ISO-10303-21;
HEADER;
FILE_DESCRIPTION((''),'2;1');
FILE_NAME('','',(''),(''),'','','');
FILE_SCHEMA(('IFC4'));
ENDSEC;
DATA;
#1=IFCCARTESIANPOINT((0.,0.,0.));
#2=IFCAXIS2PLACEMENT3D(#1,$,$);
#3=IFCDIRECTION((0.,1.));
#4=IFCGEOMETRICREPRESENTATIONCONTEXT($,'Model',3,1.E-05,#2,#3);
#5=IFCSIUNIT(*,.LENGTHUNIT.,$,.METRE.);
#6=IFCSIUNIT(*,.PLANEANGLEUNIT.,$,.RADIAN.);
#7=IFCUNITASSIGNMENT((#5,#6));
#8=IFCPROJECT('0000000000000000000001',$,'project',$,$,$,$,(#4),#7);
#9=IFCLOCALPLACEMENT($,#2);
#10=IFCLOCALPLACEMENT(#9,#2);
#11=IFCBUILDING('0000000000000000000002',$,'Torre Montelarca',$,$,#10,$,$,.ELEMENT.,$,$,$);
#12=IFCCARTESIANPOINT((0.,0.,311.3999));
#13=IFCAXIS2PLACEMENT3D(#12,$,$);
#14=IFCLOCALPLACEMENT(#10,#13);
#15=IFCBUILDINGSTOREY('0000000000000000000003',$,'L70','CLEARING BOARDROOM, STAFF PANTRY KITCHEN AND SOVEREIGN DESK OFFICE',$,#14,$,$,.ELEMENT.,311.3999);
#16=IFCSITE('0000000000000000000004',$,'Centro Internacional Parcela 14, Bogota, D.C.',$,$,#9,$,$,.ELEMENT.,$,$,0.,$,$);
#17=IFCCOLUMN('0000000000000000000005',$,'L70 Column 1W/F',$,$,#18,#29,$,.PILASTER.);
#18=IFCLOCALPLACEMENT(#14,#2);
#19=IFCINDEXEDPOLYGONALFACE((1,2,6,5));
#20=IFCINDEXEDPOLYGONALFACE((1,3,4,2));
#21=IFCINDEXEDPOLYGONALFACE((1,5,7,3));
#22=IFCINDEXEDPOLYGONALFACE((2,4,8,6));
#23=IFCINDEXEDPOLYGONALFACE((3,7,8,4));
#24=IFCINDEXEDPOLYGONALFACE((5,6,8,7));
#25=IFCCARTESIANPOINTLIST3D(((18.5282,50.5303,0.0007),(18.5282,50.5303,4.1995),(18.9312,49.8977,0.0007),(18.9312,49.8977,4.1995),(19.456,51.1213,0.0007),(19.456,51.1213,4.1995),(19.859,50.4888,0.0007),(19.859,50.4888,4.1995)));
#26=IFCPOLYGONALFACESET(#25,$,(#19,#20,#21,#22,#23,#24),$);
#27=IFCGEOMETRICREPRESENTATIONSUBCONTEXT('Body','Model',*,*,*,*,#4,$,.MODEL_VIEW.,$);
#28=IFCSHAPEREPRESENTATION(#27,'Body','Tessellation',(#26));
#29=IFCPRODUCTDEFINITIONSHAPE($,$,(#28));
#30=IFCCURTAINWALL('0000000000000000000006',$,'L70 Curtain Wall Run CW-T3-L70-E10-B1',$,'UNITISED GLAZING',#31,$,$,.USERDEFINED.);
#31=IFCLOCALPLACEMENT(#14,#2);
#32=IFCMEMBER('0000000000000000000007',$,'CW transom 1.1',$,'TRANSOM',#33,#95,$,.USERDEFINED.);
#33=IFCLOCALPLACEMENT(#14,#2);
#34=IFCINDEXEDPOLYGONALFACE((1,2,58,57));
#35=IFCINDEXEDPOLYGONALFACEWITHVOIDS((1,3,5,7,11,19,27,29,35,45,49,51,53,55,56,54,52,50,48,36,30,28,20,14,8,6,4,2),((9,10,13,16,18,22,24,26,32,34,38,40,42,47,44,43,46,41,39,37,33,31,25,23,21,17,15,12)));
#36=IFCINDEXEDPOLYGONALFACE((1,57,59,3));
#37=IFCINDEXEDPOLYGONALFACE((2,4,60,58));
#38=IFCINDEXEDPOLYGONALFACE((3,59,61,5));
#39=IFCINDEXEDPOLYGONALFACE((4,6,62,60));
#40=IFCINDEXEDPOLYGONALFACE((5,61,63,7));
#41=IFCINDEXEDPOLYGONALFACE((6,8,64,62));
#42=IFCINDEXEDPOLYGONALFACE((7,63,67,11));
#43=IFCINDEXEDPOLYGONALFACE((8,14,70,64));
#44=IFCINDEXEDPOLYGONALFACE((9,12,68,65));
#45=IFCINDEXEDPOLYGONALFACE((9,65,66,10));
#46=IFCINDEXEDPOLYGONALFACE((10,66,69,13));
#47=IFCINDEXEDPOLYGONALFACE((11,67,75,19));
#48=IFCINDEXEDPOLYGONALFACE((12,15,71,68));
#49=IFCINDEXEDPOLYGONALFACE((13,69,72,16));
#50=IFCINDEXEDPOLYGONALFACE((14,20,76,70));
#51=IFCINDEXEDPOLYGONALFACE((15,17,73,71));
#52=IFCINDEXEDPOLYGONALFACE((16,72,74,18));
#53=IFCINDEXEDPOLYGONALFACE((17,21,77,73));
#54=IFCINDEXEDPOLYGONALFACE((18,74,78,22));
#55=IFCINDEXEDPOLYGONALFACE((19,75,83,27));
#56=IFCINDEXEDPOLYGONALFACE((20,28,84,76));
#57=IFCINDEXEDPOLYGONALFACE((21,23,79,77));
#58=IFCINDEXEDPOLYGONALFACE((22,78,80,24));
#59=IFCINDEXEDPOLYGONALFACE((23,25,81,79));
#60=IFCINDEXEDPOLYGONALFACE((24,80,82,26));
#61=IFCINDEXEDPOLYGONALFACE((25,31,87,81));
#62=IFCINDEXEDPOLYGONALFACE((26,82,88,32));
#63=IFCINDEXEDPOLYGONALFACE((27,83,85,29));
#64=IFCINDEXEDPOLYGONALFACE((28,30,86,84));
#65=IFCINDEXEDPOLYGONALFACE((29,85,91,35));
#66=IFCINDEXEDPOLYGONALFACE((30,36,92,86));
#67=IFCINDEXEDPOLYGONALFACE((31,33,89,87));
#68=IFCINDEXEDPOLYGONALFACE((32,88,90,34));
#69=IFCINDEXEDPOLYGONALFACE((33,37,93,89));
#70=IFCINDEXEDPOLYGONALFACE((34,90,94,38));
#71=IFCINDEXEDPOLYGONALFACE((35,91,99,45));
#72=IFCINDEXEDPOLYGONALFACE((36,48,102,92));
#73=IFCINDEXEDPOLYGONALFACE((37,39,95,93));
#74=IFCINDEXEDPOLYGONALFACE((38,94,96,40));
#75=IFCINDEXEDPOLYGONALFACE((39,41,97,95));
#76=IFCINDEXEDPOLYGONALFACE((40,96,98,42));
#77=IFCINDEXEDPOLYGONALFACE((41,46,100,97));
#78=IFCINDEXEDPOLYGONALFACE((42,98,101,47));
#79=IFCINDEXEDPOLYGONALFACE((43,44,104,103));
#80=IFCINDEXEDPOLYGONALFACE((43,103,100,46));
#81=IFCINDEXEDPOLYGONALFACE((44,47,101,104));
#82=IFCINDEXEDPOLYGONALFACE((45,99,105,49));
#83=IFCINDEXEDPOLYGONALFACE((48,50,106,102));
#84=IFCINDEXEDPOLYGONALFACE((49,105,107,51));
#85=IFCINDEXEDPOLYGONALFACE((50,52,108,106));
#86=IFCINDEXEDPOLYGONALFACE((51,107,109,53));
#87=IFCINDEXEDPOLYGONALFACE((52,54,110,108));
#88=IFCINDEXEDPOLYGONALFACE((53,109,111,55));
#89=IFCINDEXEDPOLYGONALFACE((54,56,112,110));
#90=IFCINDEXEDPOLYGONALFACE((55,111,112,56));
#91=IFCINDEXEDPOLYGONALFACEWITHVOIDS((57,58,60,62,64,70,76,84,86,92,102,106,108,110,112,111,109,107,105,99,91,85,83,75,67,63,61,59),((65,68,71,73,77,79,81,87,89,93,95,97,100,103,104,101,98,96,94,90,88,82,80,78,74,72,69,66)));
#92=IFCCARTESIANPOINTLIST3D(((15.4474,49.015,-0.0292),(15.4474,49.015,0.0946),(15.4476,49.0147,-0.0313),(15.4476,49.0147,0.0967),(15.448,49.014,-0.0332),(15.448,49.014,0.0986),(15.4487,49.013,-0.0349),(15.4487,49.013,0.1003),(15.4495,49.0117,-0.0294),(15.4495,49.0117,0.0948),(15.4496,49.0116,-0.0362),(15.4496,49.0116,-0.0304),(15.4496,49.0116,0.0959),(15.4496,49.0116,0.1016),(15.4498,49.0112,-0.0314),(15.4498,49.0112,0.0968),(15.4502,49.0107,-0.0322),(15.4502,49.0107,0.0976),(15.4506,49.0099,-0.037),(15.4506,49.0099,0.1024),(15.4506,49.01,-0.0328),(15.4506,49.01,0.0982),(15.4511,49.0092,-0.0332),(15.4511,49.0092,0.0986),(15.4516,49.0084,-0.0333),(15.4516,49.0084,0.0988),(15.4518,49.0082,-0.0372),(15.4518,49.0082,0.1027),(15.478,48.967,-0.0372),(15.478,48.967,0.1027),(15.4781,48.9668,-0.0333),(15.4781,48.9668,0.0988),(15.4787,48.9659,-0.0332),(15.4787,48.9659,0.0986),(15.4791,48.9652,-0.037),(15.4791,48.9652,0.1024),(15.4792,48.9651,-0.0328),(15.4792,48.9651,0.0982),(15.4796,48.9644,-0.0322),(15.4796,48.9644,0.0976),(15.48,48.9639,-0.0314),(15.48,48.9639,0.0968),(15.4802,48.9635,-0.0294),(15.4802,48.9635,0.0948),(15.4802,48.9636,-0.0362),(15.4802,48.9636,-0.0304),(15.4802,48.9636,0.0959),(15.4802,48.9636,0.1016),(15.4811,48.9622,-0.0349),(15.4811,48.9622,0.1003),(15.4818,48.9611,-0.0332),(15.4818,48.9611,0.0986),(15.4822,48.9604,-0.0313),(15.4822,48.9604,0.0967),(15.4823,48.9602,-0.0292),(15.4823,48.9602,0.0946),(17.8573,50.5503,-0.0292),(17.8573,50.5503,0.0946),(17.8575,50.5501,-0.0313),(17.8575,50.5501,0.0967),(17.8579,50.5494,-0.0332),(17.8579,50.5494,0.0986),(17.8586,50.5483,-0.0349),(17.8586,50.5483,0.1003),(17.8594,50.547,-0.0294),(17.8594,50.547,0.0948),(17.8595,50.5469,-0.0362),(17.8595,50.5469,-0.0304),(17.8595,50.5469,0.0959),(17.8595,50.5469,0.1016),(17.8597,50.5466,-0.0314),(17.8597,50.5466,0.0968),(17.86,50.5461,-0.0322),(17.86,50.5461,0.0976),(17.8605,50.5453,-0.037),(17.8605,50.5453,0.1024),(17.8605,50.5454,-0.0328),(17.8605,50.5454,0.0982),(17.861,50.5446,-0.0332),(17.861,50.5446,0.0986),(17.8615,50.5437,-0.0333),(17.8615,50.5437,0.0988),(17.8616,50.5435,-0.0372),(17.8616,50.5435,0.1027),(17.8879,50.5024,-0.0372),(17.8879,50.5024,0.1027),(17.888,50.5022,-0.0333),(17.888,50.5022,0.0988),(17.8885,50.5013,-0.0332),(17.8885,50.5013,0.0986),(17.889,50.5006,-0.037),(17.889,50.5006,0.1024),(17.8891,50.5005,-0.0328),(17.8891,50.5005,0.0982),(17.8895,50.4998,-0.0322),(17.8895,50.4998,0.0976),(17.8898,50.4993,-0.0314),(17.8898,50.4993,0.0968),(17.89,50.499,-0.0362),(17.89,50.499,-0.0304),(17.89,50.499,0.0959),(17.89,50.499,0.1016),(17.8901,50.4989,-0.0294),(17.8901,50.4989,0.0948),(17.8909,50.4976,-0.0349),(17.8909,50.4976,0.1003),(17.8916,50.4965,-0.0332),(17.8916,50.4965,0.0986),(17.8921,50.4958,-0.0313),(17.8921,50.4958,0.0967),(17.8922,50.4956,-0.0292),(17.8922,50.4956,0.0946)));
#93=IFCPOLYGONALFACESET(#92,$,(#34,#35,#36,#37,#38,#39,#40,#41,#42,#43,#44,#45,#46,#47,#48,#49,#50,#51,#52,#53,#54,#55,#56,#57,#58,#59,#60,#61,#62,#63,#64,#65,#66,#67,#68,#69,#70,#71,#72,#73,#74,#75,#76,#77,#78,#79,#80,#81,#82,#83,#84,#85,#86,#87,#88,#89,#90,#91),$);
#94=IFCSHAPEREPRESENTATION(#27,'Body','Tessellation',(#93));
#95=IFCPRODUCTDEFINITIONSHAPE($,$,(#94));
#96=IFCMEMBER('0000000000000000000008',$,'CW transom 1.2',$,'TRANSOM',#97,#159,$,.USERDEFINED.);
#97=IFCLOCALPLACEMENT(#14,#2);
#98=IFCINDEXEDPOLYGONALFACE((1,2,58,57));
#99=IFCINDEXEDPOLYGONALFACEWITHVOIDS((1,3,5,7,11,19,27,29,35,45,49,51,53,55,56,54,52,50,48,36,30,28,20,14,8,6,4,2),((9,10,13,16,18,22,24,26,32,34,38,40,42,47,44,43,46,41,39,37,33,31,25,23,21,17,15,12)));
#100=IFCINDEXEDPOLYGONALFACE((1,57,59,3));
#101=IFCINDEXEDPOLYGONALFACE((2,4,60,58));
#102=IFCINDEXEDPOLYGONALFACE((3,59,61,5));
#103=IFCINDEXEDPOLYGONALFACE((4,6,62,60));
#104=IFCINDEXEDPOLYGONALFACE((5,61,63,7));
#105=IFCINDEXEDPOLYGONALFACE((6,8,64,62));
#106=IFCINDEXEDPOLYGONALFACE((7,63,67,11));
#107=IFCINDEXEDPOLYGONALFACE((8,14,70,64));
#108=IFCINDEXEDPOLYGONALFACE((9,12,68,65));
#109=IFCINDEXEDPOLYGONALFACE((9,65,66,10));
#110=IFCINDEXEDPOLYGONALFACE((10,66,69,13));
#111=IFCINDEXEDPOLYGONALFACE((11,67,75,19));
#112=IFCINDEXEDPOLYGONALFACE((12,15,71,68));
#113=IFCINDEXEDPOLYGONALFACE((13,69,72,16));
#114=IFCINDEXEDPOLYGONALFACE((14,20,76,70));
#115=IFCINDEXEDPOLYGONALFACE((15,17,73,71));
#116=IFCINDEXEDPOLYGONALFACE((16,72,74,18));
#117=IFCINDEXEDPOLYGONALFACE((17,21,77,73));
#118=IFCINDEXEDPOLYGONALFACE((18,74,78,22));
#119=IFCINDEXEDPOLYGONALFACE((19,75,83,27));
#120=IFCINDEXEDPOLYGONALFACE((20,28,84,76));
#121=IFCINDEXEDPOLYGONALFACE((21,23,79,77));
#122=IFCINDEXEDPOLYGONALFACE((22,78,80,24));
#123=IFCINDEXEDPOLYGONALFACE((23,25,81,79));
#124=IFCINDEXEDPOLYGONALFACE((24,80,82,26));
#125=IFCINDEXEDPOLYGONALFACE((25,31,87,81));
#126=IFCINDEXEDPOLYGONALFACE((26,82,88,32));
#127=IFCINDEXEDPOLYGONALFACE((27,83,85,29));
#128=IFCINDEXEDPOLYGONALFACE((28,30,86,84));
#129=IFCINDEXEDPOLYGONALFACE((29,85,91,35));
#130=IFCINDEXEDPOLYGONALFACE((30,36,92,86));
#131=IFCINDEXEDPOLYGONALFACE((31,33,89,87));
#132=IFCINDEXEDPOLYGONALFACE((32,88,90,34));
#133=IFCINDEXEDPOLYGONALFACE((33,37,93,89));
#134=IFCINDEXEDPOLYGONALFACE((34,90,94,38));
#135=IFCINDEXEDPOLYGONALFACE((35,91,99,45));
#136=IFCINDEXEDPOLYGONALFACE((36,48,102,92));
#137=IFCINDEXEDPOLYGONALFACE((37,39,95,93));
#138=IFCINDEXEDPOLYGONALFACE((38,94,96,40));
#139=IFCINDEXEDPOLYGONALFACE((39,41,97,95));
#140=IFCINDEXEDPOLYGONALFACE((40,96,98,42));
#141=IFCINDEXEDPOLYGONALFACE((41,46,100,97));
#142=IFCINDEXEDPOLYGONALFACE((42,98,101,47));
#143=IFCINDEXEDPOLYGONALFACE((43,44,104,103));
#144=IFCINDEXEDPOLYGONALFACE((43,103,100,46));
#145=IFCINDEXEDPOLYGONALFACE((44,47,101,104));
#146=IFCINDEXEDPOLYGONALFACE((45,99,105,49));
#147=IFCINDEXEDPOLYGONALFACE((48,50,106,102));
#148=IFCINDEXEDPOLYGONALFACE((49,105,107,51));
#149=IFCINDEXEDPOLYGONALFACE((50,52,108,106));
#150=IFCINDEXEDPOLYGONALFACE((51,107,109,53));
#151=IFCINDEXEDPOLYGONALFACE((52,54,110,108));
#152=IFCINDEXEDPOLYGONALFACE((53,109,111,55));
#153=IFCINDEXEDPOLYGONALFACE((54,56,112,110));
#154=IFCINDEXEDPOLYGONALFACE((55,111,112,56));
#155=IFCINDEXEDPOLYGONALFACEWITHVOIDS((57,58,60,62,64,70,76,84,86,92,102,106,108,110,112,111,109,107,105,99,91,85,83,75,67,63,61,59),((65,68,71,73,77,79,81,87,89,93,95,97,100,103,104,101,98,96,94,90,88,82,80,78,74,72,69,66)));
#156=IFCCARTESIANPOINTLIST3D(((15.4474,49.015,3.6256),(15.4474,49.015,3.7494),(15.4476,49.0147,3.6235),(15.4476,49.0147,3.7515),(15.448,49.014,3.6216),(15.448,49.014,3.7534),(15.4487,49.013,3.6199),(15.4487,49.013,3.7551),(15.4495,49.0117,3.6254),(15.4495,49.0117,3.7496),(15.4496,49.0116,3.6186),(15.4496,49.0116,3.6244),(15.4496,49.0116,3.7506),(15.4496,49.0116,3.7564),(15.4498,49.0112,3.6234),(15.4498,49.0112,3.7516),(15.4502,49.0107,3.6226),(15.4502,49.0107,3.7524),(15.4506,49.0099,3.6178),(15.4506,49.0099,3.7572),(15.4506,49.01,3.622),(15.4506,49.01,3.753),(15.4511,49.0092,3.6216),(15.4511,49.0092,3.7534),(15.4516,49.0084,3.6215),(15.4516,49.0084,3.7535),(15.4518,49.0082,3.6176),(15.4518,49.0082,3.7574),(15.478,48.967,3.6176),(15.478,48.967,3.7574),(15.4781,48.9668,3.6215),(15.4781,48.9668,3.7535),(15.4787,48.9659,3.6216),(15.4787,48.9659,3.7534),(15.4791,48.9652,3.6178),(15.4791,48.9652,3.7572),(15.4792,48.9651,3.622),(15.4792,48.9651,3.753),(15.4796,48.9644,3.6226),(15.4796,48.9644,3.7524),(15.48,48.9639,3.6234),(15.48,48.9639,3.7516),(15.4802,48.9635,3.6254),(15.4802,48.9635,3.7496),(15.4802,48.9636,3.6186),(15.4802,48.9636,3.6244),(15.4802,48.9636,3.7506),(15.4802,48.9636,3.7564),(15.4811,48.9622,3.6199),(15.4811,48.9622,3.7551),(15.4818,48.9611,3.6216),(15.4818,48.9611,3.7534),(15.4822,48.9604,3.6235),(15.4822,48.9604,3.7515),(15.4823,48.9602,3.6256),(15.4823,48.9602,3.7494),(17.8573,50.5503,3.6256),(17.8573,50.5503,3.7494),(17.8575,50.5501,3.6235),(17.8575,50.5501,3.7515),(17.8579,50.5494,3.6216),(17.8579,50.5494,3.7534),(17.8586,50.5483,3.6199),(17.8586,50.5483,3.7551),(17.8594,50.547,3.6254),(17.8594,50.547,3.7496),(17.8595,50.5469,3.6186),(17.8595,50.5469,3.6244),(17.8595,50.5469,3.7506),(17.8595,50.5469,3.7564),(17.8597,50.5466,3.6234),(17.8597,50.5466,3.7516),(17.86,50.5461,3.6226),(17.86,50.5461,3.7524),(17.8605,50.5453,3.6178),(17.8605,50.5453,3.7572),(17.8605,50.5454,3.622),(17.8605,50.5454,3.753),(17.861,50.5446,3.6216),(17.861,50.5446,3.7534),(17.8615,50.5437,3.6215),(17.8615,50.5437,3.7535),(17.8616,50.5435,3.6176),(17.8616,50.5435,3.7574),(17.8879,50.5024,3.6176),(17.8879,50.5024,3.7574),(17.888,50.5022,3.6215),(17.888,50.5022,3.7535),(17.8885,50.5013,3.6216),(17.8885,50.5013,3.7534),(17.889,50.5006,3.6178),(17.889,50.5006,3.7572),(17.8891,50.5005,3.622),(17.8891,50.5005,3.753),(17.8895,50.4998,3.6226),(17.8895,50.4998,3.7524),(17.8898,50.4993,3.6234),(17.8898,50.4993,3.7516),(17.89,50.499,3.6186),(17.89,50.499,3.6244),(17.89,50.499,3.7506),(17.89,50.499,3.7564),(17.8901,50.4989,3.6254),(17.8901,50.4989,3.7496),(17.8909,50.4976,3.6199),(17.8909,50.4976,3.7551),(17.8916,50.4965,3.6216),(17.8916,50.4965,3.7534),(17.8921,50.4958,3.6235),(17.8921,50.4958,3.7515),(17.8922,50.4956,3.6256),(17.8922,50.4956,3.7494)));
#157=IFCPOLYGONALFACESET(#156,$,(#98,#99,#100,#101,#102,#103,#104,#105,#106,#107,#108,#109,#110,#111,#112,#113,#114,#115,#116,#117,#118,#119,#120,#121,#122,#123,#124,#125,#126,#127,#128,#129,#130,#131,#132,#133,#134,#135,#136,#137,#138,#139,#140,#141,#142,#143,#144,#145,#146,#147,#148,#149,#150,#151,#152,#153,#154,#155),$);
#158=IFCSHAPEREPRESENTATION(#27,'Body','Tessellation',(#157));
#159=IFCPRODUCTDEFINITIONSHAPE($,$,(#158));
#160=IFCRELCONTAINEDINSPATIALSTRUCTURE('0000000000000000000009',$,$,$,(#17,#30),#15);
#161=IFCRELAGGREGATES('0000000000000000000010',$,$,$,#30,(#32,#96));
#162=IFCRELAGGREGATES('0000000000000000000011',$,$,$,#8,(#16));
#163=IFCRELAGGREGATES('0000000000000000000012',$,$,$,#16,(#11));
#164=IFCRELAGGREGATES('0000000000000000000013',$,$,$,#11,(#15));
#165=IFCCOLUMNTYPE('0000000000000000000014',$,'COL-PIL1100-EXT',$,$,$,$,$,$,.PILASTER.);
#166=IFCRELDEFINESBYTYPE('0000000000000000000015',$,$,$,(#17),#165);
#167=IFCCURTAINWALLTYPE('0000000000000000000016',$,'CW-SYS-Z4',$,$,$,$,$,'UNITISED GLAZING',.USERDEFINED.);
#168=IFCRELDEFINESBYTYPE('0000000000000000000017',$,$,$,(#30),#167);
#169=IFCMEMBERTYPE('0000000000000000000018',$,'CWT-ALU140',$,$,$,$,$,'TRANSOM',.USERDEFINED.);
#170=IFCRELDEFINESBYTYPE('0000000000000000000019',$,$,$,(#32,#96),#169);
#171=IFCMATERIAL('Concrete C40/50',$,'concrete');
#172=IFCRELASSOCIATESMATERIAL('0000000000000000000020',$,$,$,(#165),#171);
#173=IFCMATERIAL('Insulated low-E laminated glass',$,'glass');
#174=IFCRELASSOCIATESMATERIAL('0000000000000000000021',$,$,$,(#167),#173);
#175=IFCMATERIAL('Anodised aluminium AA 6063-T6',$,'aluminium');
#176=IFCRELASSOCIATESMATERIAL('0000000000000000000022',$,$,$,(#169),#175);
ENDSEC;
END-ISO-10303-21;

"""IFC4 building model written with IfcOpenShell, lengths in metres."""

from ifc_helpers import new_model, si_unit, direction, frame, origin, origin_2d, place, context, subcontext, project, spatial, rectangle, hollow_rectangle, extrude, source, transform, mapped, material, material_profile, profile_set, type_object, element, aggregate, save


model = new_model("IFC4")

# Units and contexts
model_context = context("Model", 3, precision=1e-05, world=origin(), true_north=direction((0.0, 1.0)))
body_context = subcontext(model_context, "Body", "Model", "MODEL_VIEW")
ifc_project = project(units=[si_unit("LENGTHUNIT", "METRE"), si_unit("PLANEANGLEUNIT", "RADIAN")], contexts=[model_context])

# Site, building, storey
site_placement = place(None, origin())
site = spatial("IfcSite", under=ifc_project, at=site_placement, Name="Centro Internacional Parcela 14, Bogota, D.C.", CompositionType="ELEMENT", RefElevation=0.0)
building_placement = place(site_placement, origin())
building = spatial("IfcBuilding", under=site, at=building_placement, Name="Torre Montelarca", CompositionType="ELEMENT")
storey_placement = place(building_placement, frame((0.0, 0.0, 311.3999)))
storey = spatial("IfcBuildingStorey", under=building, at=storey_placement, Name="L70", Description="CLEARING BOARDROOM, STAFF PANTRY KITCHEN AND SOVEREIGN DESK OFFICE", CompositionType="ELEMENT", Elevation=311.3999)

# Column
ifc_material_1 = material(Name="Concrete C40/50", Category="concrete")
ifc_material_profile_1 = material_profile(ifc_material_1, rectangle(XDim=0.75, YDim=1.1001, at=origin_2d()), Name="RC1100X750", Category="concrete")
ifc_profile_set_1 = profile_set([ifc_material_profile_1], Name="Concrete C40/50")
column_type = type_object("IfcColumnType", Name="COL-PIL1100-EXT", PredefinedType="PILASTER", material=ifc_profile_set_1)
shared_shape_1 = source(origin(), body_context, "Body", "SweptSolid", [
    extrude(rectangle(XDim=0.75, YDim=1.1001, at=origin_2d()), origin(), (0.0, 0.0, 1.0), 4.1987),
])
column_placement = place(storey_placement, frame((19.1936, 50.5095, 0.0007), z_axis=(0.0, 0.0, 1.0), x_axis=(-0.5373, 0.843391, 0.0)))
element("IfcColumn", 1, at=column_placement, inside=storey, type_object=column_type, Name="L70 Column 1W/F", PredefinedType="PILASTER", context=body_context, shape_type="MappedRepresentation", body=[
    mapped(shared_shape_1, transform((0.0, 0.0, 0.0), scale=1.0)),
])

# Curtain wall, members
ifc_material_2 = material(Name="Insulated low-E laminated glass", Category="glass")
curtain_wall_type = type_object("IfcCurtainWallType", Name="CW-SYS-Z4", ElementType="UNITISED GLAZING", PredefinedType="USERDEFINED", material=ifc_material_2)
curtain_wall_placement = place(storey_placement, origin())
curtain_wall = element("IfcCurtainWall", 2, at=curtain_wall_placement, inside=storey, type_object=curtain_wall_type, Name="L70 Curtain Wall Run CW-T3-L70-E10-B1", ObjectType="UNITISED GLAZING", PredefinedType="USERDEFINED")
ifc_material_3 = material(Name="Anodised aluminium AA 6063-T6", Category="aluminium")
ifc_material_profile_2 = material_profile(ifc_material_3, hollow_rectangle(XDim=0.0649, YDim=0.1399, WallThickness=0.0039, InnerFilletRadius=0.0039, OuterFilletRadius=0.0081, at=origin_2d()), Name="ALU65X140X4", Category="aluminium")
ifc_profile_set_2 = profile_set([ifc_material_profile_2], Name="Anodised aluminium AA 6063-T6")
member_type_1 = type_object("IfcMemberType", Name="CWT-ALU140", ElementType="TRANSOM", PredefinedType="USERDEFINED", material=ifc_profile_set_2)
shared_shape_2 = source(origin(), body_context, "Body", "SweptSolid", [
    extrude(hollow_rectangle(XDim=0.0649, YDim=0.1399, WallThickness=0.0039, InnerFilletRadius=0.0039, OuterFilletRadius=0.0081, at=origin_2d()), origin(), (0.0, 0.0, 1.0), 2.8574),
])
member_1_placement = place(storey_placement, frame((17.8748, 50.5229, 0.0327), z_axis=(-0.843373, -0.537329, 0.0), x_axis=(0.537329, -0.843373, 0.0)))
member_1 = element("IfcMember", 3, at=member_1_placement, type_object=member_type_1, Name="CW transom 1.1", ObjectType="TRANSOM", PredefinedType="USERDEFINED", context=body_context, shape_type="MappedRepresentation", body=[
    mapped(shared_shape_2, transform((0.0, 0.0, 0.0), scale=1.0)),
])
member_2_placement = place(storey_placement, frame((17.8748, 50.5229, 3.6875), z_axis=(-0.843373, -0.537329, 0.0), x_axis=(0.537329, -0.843373, 0.0)))
member_2 = element("IfcMember", 4, at=member_2_placement, type_object=member_type_1, Name="CW transom 1.2", ObjectType="TRANSOM", PredefinedType="USERDEFINED", context=body_context, shape_type="MappedRepresentation", body=[
    mapped(shared_shape_2, transform((0.0, 0.0, 0.0), scale=1.0)),
])
aggregate(curtain_wall, [member_1, member_2])

save(model, "model.ifc")
